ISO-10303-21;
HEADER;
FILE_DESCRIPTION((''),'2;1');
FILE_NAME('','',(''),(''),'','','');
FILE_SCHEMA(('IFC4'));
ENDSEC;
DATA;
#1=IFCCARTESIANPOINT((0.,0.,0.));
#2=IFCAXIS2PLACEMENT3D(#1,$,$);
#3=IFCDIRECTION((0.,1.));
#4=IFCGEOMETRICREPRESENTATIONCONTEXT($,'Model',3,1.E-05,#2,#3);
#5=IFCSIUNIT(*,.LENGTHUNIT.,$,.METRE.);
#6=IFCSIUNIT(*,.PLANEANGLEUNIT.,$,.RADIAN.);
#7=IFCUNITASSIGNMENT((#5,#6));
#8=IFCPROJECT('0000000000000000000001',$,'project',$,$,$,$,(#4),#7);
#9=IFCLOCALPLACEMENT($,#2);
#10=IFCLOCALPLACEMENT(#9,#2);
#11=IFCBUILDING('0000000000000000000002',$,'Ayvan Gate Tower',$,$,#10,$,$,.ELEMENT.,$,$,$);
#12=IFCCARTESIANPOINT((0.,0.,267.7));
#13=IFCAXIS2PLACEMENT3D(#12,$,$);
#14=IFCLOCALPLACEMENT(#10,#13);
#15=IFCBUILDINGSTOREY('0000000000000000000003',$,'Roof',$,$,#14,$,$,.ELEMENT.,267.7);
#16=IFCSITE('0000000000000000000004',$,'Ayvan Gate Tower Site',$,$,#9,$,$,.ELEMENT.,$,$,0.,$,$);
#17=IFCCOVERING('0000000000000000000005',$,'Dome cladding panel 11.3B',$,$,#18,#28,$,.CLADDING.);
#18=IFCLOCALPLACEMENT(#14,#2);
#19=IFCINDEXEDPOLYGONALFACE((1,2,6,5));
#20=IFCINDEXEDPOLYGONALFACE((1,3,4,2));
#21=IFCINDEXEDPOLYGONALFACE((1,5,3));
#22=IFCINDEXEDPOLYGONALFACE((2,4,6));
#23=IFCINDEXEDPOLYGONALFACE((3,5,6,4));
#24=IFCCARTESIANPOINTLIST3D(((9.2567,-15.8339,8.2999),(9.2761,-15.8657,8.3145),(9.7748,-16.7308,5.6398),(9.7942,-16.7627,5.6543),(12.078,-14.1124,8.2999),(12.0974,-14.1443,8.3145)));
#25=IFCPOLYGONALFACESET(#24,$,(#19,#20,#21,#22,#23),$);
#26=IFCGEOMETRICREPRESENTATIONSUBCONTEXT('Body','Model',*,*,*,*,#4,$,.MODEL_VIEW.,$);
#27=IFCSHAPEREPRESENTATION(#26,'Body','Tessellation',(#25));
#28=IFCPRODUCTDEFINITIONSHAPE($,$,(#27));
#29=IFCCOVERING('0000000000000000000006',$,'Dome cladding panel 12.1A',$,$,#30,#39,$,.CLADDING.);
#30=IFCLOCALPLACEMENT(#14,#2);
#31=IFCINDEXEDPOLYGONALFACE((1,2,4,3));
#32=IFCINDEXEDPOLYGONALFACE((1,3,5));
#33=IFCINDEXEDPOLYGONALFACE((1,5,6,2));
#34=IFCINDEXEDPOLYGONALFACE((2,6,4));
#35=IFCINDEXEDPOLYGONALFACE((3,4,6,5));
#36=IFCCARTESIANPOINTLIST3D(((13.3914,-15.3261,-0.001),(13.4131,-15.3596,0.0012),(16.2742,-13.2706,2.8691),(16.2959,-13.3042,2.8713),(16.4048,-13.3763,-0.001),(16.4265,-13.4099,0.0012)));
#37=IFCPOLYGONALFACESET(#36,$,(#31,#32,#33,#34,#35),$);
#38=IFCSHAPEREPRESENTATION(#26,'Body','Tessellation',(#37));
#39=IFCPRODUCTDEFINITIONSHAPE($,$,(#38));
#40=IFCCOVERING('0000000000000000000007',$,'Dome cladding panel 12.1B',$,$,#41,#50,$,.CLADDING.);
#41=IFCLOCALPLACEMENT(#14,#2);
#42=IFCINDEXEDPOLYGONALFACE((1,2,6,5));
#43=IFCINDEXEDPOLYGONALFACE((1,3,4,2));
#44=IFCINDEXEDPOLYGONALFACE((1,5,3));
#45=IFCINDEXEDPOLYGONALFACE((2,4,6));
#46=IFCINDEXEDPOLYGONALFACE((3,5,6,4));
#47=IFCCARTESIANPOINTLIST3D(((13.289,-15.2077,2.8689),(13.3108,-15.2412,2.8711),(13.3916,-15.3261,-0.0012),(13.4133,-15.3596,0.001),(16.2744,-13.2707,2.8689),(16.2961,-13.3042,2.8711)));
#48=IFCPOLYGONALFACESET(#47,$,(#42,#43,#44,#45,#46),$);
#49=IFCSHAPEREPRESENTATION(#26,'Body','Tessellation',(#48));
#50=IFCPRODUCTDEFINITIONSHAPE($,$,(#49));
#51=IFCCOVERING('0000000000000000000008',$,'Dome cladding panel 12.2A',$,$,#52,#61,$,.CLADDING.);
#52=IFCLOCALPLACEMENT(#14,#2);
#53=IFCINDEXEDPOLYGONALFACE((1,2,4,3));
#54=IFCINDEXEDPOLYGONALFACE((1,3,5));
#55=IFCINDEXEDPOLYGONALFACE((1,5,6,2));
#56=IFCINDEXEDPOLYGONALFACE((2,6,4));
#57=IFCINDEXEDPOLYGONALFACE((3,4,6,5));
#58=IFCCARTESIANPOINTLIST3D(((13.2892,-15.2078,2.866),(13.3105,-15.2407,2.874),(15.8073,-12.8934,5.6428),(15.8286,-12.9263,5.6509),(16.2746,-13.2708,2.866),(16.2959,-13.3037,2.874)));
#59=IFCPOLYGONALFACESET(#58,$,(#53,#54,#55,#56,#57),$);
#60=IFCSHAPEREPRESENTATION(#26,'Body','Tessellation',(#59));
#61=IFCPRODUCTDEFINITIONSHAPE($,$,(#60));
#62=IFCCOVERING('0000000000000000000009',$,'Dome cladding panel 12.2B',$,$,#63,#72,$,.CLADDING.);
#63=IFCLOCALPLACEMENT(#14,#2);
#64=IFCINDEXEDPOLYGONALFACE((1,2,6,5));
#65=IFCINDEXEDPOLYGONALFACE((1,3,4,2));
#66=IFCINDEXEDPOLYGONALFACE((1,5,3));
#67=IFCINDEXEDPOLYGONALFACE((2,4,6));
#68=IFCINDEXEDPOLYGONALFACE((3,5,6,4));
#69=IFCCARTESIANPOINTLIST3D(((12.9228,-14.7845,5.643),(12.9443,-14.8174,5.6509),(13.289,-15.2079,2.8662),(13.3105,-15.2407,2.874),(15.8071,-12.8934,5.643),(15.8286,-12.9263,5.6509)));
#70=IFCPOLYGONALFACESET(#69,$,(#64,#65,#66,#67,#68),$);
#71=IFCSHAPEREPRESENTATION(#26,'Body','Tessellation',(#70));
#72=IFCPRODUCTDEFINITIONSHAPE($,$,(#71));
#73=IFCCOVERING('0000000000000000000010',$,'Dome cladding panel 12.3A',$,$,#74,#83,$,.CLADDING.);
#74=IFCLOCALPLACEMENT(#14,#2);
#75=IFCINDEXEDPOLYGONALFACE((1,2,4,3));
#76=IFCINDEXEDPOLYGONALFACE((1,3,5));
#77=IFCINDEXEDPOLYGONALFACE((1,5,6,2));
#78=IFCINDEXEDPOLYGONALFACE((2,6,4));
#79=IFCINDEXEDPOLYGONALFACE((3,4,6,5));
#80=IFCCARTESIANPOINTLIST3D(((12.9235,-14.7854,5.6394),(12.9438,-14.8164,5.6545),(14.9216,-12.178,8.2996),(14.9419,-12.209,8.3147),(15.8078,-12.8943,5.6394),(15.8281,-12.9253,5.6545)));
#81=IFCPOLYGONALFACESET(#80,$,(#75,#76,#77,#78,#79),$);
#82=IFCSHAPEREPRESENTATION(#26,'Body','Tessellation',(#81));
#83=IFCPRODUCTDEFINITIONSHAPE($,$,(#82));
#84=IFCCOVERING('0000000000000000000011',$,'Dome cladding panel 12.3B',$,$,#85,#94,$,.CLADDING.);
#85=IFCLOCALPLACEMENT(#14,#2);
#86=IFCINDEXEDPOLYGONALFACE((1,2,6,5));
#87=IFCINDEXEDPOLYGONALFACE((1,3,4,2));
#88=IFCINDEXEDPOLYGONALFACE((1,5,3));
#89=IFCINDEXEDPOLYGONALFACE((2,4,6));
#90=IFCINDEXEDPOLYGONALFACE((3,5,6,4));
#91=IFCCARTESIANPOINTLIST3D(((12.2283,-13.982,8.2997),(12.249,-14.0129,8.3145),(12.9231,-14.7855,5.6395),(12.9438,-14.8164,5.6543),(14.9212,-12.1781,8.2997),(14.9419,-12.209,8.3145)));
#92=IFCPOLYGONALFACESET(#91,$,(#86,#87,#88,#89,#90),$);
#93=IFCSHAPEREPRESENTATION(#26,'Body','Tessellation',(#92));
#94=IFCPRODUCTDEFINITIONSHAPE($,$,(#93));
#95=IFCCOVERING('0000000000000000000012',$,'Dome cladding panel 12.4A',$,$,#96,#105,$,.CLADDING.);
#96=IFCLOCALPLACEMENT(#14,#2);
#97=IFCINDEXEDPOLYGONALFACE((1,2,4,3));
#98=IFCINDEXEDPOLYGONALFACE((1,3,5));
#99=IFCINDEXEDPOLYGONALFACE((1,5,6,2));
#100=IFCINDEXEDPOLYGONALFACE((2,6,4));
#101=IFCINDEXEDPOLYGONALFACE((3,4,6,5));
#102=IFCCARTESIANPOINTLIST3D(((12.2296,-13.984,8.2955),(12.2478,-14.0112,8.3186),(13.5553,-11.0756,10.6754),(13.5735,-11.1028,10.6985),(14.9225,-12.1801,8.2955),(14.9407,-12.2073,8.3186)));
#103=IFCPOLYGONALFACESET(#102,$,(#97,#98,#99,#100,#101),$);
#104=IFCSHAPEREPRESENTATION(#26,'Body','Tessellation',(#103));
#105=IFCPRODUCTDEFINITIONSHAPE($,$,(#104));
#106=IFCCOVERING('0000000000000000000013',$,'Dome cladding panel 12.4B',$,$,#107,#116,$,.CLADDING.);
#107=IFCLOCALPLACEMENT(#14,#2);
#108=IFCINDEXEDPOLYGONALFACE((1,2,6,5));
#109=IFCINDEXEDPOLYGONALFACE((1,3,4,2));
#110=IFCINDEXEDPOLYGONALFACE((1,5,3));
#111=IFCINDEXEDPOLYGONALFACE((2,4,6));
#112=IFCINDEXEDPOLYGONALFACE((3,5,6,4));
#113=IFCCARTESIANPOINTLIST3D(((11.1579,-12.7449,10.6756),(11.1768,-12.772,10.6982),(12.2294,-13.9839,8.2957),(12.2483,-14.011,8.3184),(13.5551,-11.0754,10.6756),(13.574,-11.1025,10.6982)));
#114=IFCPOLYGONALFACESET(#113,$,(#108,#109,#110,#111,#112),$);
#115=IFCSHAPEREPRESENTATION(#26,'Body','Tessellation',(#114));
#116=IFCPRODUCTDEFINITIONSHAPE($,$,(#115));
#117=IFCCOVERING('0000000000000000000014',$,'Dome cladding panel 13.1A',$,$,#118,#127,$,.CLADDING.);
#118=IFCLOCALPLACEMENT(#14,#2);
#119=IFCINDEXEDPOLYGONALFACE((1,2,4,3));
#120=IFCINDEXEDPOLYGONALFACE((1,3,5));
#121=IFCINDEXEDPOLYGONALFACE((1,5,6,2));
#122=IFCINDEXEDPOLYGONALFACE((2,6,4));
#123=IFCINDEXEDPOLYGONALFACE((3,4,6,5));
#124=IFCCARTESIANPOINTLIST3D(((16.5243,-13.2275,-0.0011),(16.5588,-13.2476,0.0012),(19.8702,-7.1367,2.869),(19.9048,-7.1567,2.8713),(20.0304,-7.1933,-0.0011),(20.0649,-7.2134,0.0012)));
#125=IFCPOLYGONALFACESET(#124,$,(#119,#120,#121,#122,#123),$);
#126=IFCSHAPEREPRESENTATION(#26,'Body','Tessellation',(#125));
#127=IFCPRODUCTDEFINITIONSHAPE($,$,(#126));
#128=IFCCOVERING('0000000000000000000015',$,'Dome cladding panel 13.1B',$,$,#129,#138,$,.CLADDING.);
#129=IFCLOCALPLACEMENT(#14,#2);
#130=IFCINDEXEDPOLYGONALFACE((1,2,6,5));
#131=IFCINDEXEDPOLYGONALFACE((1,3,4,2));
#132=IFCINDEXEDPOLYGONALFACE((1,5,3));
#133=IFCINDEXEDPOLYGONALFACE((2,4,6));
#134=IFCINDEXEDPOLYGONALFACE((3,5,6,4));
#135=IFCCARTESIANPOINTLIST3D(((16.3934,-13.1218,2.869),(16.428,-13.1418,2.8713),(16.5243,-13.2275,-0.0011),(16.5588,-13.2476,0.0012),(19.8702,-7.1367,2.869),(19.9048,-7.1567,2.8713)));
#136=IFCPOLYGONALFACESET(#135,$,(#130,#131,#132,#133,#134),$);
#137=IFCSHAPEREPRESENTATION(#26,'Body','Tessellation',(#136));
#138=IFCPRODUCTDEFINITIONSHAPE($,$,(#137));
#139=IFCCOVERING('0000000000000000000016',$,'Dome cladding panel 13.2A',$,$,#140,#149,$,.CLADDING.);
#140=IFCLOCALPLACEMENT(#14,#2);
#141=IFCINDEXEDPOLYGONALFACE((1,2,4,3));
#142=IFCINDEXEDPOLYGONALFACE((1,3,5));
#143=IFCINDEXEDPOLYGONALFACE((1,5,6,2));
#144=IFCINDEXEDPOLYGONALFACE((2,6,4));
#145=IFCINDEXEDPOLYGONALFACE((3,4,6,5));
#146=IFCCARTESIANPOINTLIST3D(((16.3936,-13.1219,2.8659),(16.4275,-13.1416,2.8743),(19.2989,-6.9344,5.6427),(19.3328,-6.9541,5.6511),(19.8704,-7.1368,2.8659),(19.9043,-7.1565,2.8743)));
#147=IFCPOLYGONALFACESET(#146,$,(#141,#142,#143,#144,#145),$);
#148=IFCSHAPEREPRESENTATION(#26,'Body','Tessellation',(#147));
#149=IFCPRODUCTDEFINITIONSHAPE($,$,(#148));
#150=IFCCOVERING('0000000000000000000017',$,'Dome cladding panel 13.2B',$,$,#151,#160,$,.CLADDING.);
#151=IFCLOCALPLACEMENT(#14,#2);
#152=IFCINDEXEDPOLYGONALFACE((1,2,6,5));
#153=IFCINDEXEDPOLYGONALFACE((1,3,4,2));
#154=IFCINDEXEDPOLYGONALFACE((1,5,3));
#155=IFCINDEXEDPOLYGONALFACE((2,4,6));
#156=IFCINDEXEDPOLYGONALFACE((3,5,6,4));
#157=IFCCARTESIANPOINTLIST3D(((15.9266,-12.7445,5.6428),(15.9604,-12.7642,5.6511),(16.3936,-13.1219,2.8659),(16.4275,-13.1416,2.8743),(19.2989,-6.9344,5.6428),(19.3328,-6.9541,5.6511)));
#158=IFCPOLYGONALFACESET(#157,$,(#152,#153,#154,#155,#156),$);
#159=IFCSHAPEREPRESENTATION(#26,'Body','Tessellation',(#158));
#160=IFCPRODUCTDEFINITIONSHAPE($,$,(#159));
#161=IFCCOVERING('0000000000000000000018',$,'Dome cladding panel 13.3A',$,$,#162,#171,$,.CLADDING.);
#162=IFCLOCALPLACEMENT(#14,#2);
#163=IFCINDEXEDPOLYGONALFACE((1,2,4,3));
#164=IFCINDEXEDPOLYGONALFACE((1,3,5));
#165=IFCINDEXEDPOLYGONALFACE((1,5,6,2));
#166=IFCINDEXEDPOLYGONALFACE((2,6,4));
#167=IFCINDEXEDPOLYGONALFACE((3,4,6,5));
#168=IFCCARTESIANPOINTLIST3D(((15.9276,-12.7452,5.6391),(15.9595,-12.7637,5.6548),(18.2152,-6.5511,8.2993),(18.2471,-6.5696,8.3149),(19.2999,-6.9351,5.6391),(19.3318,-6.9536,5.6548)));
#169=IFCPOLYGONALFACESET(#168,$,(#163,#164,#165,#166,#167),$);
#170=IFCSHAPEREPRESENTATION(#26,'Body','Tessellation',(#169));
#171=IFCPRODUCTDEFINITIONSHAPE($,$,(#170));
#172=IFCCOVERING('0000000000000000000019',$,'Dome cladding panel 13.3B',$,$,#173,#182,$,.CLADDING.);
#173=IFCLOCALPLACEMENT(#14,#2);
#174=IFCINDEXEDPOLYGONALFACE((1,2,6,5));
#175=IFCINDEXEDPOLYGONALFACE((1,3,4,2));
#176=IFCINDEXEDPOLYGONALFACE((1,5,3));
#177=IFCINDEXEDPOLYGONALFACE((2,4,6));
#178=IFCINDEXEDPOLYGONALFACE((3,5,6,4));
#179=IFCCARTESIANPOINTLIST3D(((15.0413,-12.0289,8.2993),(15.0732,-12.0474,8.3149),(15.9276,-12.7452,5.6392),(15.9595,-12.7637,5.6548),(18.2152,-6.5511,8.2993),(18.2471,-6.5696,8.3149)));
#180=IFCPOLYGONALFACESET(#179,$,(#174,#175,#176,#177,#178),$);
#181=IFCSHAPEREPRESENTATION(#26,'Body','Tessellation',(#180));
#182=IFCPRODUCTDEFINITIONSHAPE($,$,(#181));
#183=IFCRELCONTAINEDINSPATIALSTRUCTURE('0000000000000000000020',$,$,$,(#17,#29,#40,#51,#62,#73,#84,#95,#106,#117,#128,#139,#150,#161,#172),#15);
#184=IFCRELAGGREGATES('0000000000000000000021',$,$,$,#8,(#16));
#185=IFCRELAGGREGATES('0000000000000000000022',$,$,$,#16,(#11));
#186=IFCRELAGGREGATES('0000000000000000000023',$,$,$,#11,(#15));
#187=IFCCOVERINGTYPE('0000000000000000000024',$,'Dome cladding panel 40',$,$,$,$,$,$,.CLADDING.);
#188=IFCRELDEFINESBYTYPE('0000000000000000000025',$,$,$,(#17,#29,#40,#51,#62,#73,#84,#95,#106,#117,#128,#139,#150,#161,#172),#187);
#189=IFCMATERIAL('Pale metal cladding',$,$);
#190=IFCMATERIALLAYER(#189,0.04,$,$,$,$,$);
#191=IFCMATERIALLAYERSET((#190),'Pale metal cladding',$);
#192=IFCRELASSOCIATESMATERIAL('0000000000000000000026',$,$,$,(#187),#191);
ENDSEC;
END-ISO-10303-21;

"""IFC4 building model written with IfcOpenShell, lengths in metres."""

from ifc_helpers import new_model, si_unit, direction, frame, origin, place, context, subcontext, project, spatial, polyline, outline, extrude, material, layer, layer_set, type_object, element, save


model = new_model("IFC4")

# Units and contexts
model_context = context("Model", 3, precision=1e-05, world=origin(), true_north=direction((0.0, 1.0)))
body_context = subcontext(model_context, "Body", "Model", "MODEL_VIEW")
ifc_project = project(units=[si_unit("LENGTHUNIT", "METRE"), si_unit("PLANEANGLEUNIT", "RADIAN")], contexts=[model_context])

# Site, building, storey
site_placement = place(None, origin())
site = spatial("IfcSite", under=ifc_project, at=site_placement, Name="Ayvan Gate Tower Site", CompositionType="ELEMENT", RefElevation=0.0)
building_placement = place(site_placement, origin())
building = spatial("IfcBuilding", under=site, at=building_placement, Name="Ayvan Gate Tower", CompositionType="ELEMENT")
storey_placement = place(building_placement, frame((0.0, 0.0, 267.7)))
storey = spatial("IfcBuildingStorey", under=building, at=storey_placement, Name="Roof", CompositionType="ELEMENT", Elevation=267.7)

# Coverings
ifc_material_1 = material(Name="Pale metal cladding")
ifc_layer_1 = layer(ifc_material_1, 0.04)
ifc_layer_set_1 = layer_set([ifc_layer_1], Name="Pale metal cladding")
covering_type = type_object("IfcCoveringType", Name="Dome cladding panel 40", PredefinedType="CLADDING", material=ifc_layer_set_1)
covering_1_placement = place(storey_placement, frame((9.7942, -16.7627, 5.6543), z_axis=(0.485379, -0.795495, 0.362759), x_axis=(0.525126, 0.596987, 0.606506)))
element("IfcCovering", 1, at=covering_1_placement, inside=storey, type_object=covering_type, Name="Dome cladding panel 11.3B", PredefinedType="CLADDING", context=body_context, shape_type="SweptSolid", body=[
    extrude(outline(polyline([(0.0, 0.0), (4.386, 0.0), (1.8768, 2.151), (0.0, 0.0)])), origin(), (0.0, 0.0, -1.0), 0.04),
])
covering_2_placement = place(storey_placement, frame((13.4131, -15.3596, 0.0012), z_axis=(0.542381, -0.838293, 0.055559), x_axis=(0.83959, 0.54322, 0.0)))
element("IfcCovering", 2, at=covering_2_placement, inside=storey, type_object=covering_type, Name="Dome cladding panel 12.1A", PredefinedType="CLADDING", context=body_context, shape_type="SweptSolid", body=[
    extrude(outline(polyline([(0.0, 0.0), (3.5892, 0.0), (3.5369, 2.8746), (0.0, 0.0)])), origin(), (0.0, 0.0, -1.0), 0.04),
])
covering_3_placement = place(storey_placement, frame((13.4133, -15.3596, 0.001), z_axis=(0.54351, -0.837666, 0.053976), x_axis=(0.63251, 0.450974, 0.629725)))
element("IfcCovering", 3, at=covering_3_placement, inside=storey, type_object=covering_type, Name="Dome cladding panel 12.1B", PredefinedType="CLADDING", context=body_context, shape_type="SweptSolid", body=[
    extrude(outline(polyline([(0.0, 0.0), (4.5577, 0.0), (1.7959, 2.2443), (0.0, 0.0)])), origin(), (0.0, 0.0, -1.0), 0.04),
])
covering_4_placement = place(storey_placement, frame((13.3105, -15.2407, 2.874), z_axis=(0.533149, -0.821698, 0.201406), x_axis=(0.838888, 0.544303, 0.0)))
element("IfcCovering", 4, at=covering_4_placement, inside=storey, type_object=covering_type, Name="Dome cladding panel 12.2A", PredefinedType="CLADDING", context=body_context, shape_type="SweptSolid", body=[
    extrude(outline(polyline([(0.0, 0.0), (3.5587, 0.0), (3.3721, 2.8349), (0.0, 0.0)])), origin(), (0.0, 0.0, -1.0), 0.04),
])
covering_5_placement = place(storey_placement, frame((13.3105, -15.2407, 2.874), z_axis=(0.537686, -0.820064, 0.195931), x_axis=(0.571576, 0.525357, 0.630318)))
element("IfcCovering", 5, at=covering_5_placement, inside=storey, type_object=covering_type, Name="Dome cladding panel 12.2B", PredefinedType="CLADDING", context=body_context, shape_type="SweptSolid", body=[
    extrude(outline(polyline([(0.0, 0.0), (4.4055, 0.0), (1.7634, 2.2169), (0.0, 0.0)])), origin(), (0.0, 0.0, -1.0), 0.04),
])
covering_6_placement = place(storey_placement, frame((12.9438, -14.8164, 5.6545), z_axis=(0.507709, -0.774345, 0.377653), x_axis=(0.836273, 0.548313, 0.0)))
element("IfcCovering", 6, at=covering_6_placement, inside=storey, type_object=covering_type, Name="Dome cladding panel 12.3A", PredefinedType="CLADDING", context=body_context, shape_type="SweptSolid", body=[
    extrude(outline(polyline([(0.0, 0.0), (3.449, 0.0), (3.1006, 2.8729), (0.0, 0.0)])), origin(), (0.0, 0.0, -1.0), 0.04),
])
covering_7_placement = place(storey_placement, frame((12.9438, -14.8164, 5.6543), z_axis=(0.517408, -0.772366, 0.368429), x_axis=(0.47269, 0.616854, 0.629329)))
element("IfcCovering", 7, at=covering_7_placement, inside=storey, type_object=covering_type, Name="Dome cladding panel 12.3B", PredefinedType="CLADDING", context=body_context, shape_type="SweptSolid", body=[
    extrude(outline(polyline([(0.0, 0.0), (4.227, 0.0), (1.8413, 2.1942), (0.0, 0.0)])), origin(), (0.0, 0.0, -1.0), 0.04),
])
covering_8_placement = place(storey_placement, frame((12.2478, -14.0112, 8.3186), z_axis=(0.454814, -0.678929, 0.576368), x_axis=(0.830808, 0.556559, 0.0)))
element("IfcCovering", 8, at=covering_8_placement, inside=storey, type_object=covering_type, Name="Dome cladding panel 12.4A", PredefinedType="CLADDING", context=body_context, shape_type="SweptSolid", body=[
    extrude(outline(polyline([(0.0, 0.0), (3.2413, 0.0), (2.7201, 2.9123), (0.0, 0.0)])), origin(), (0.0, 0.0, -1.0), 0.04),
])
covering_9_placement = place(storey_placement, frame((12.2483, -14.011, 8.3184), z_axis=(0.471576, -0.677157, 0.564867), x_axis=(0.332667, 0.729846, 0.597208)))
element("IfcCovering", 9, at=covering_9_placement, inside=storey, type_object=covering_type, Name="Dome cladding panel 12.4B", PredefinedType="CLADDING", context=body_context, shape_type="SweptSolid", body=[
    extrude(outline(polyline([(0.0, 0.0), (3.985, 0.0), (1.9691, 2.1142), (0.0, 0.0)])), origin(), (0.0, 0.0, -1.0), 0.04),
])
covering_10_placement = place(storey_placement, frame((16.5588, -13.2476, 0.0012), z_axis=(0.863182, -0.501544, 0.058064), x_axis=(0.502391, 0.86464, 0.0)))
element("IfcCovering", 10, at=covering_10_placement, inside=storey, type_object=covering_type, Name="Dome cladding panel 13.1A", PredefinedType="CLADDING", context=body_context, shape_type="SweptSolid", body=[
    extrude(outline(polyline([(0.0, 0.0), (6.9788, 0.0), (6.9473, 2.875), (0.0, 0.0)])), origin(), (0.0, 0.0, -1.0), 0.04),
])
covering_11_placement = place(storey_placement, frame((16.5588, -13.2476, 0.0012), z_axis=(0.863243, -0.501466, 0.057829), x_axis=(0.445016, 0.810088, 0.38173)))
element("IfcCovering", 11, at=covering_11_placement, inside=storey, type_object=covering_type, Name="Dome cladding panel 13.1B", PredefinedType="CLADDING", context=body_context, shape_type="SweptSolid", body=[
    extrude(outline(polyline([(0.0, 0.0), (7.5187, 0.0), (1.123, 2.6466), (0.0, 0.0)])), origin(), (0.0, 0.0, -1.0), 0.04),
])
covering_12_placement = place(storey_placement, frame((16.4275, -13.1416, 2.8743), z_axis=(0.845444, -0.491127, 0.209806), x_axis=(0.502307, 0.86469, 0.0)))
element("IfcCovering", 12, at=covering_12_placement, inside=storey, type_object=covering_type, Name="Dome cladding panel 13.2A", PredefinedType="CLADDING", context=body_context, shape_type="SweptSolid", body=[
    extrude(outline(polyline([(0.0, 0.0), (6.9217, 0.0), (6.8096, 2.8401), (0.0, 0.0)])), origin(), (0.0, 0.0, -1.0), 0.04),
])
covering_13_placement = place(storey_placement, frame((16.4275, -13.1416, 2.8743), z_axis=(0.845775, -0.490911, 0.208978), x_axis=(0.393769, 0.838628, 0.376363)))
element("IfcCovering", 13, at=covering_13_placement, inside=storey, type_object=covering_type, Name="Dome cladding panel 13.2B", PredefinedType="CLADDING", context=body_context, shape_type="SweptSolid", body=[
    extrude(outline(polyline([(0.0, 0.0), (7.3781, 0.0), (1.1777, 2.5854), (0.0, 0.0)])), origin(), (0.0, 0.0, -1.0), 0.04),
])
covering_14_placement = place(storey_placement, frame((15.9595, -12.7637, 5.6548), z_axis=(0.795929, -0.461979, 0.391245), x_axis=(0.501994, 0.864871, 0.0)))
element("IfcCovering", 14, at=covering_14_placement, inside=storey, type_object=covering_type, Name="Dome cladding panel 13.3A", PredefinedType="CLADDING", context=body_context, shape_type="SweptSolid", body=[
    extrude(outline(polyline([(0.0, 0.0), (6.7178, 0.0), (6.5055, 2.8906), (0.0, 0.0)])), origin(), (0.0, 0.0, -1.0), 0.04),
])
covering_15_placement = place(storey_placement, frame((15.9595, -12.7637, 5.6548), z_axis=(0.796822, -0.461679, 0.389779), x_axis=(0.321349, 0.870112, 0.373684)))
element("IfcCovering", 15, at=covering_15_placement, inside=storey, type_object=covering_type, Name="Dome cladding panel 13.3B", PredefinedType="CLADDING", context=body_context, shape_type="SweptSolid", body=[
    extrude(outline(polyline([(0.0, 0.0), (7.1187, 0.0), (1.3325, 2.5689), (0.0, 0.0)])), origin(), (0.0, 0.0, -1.0), 0.04),
])

save(model, "model.ifc")
